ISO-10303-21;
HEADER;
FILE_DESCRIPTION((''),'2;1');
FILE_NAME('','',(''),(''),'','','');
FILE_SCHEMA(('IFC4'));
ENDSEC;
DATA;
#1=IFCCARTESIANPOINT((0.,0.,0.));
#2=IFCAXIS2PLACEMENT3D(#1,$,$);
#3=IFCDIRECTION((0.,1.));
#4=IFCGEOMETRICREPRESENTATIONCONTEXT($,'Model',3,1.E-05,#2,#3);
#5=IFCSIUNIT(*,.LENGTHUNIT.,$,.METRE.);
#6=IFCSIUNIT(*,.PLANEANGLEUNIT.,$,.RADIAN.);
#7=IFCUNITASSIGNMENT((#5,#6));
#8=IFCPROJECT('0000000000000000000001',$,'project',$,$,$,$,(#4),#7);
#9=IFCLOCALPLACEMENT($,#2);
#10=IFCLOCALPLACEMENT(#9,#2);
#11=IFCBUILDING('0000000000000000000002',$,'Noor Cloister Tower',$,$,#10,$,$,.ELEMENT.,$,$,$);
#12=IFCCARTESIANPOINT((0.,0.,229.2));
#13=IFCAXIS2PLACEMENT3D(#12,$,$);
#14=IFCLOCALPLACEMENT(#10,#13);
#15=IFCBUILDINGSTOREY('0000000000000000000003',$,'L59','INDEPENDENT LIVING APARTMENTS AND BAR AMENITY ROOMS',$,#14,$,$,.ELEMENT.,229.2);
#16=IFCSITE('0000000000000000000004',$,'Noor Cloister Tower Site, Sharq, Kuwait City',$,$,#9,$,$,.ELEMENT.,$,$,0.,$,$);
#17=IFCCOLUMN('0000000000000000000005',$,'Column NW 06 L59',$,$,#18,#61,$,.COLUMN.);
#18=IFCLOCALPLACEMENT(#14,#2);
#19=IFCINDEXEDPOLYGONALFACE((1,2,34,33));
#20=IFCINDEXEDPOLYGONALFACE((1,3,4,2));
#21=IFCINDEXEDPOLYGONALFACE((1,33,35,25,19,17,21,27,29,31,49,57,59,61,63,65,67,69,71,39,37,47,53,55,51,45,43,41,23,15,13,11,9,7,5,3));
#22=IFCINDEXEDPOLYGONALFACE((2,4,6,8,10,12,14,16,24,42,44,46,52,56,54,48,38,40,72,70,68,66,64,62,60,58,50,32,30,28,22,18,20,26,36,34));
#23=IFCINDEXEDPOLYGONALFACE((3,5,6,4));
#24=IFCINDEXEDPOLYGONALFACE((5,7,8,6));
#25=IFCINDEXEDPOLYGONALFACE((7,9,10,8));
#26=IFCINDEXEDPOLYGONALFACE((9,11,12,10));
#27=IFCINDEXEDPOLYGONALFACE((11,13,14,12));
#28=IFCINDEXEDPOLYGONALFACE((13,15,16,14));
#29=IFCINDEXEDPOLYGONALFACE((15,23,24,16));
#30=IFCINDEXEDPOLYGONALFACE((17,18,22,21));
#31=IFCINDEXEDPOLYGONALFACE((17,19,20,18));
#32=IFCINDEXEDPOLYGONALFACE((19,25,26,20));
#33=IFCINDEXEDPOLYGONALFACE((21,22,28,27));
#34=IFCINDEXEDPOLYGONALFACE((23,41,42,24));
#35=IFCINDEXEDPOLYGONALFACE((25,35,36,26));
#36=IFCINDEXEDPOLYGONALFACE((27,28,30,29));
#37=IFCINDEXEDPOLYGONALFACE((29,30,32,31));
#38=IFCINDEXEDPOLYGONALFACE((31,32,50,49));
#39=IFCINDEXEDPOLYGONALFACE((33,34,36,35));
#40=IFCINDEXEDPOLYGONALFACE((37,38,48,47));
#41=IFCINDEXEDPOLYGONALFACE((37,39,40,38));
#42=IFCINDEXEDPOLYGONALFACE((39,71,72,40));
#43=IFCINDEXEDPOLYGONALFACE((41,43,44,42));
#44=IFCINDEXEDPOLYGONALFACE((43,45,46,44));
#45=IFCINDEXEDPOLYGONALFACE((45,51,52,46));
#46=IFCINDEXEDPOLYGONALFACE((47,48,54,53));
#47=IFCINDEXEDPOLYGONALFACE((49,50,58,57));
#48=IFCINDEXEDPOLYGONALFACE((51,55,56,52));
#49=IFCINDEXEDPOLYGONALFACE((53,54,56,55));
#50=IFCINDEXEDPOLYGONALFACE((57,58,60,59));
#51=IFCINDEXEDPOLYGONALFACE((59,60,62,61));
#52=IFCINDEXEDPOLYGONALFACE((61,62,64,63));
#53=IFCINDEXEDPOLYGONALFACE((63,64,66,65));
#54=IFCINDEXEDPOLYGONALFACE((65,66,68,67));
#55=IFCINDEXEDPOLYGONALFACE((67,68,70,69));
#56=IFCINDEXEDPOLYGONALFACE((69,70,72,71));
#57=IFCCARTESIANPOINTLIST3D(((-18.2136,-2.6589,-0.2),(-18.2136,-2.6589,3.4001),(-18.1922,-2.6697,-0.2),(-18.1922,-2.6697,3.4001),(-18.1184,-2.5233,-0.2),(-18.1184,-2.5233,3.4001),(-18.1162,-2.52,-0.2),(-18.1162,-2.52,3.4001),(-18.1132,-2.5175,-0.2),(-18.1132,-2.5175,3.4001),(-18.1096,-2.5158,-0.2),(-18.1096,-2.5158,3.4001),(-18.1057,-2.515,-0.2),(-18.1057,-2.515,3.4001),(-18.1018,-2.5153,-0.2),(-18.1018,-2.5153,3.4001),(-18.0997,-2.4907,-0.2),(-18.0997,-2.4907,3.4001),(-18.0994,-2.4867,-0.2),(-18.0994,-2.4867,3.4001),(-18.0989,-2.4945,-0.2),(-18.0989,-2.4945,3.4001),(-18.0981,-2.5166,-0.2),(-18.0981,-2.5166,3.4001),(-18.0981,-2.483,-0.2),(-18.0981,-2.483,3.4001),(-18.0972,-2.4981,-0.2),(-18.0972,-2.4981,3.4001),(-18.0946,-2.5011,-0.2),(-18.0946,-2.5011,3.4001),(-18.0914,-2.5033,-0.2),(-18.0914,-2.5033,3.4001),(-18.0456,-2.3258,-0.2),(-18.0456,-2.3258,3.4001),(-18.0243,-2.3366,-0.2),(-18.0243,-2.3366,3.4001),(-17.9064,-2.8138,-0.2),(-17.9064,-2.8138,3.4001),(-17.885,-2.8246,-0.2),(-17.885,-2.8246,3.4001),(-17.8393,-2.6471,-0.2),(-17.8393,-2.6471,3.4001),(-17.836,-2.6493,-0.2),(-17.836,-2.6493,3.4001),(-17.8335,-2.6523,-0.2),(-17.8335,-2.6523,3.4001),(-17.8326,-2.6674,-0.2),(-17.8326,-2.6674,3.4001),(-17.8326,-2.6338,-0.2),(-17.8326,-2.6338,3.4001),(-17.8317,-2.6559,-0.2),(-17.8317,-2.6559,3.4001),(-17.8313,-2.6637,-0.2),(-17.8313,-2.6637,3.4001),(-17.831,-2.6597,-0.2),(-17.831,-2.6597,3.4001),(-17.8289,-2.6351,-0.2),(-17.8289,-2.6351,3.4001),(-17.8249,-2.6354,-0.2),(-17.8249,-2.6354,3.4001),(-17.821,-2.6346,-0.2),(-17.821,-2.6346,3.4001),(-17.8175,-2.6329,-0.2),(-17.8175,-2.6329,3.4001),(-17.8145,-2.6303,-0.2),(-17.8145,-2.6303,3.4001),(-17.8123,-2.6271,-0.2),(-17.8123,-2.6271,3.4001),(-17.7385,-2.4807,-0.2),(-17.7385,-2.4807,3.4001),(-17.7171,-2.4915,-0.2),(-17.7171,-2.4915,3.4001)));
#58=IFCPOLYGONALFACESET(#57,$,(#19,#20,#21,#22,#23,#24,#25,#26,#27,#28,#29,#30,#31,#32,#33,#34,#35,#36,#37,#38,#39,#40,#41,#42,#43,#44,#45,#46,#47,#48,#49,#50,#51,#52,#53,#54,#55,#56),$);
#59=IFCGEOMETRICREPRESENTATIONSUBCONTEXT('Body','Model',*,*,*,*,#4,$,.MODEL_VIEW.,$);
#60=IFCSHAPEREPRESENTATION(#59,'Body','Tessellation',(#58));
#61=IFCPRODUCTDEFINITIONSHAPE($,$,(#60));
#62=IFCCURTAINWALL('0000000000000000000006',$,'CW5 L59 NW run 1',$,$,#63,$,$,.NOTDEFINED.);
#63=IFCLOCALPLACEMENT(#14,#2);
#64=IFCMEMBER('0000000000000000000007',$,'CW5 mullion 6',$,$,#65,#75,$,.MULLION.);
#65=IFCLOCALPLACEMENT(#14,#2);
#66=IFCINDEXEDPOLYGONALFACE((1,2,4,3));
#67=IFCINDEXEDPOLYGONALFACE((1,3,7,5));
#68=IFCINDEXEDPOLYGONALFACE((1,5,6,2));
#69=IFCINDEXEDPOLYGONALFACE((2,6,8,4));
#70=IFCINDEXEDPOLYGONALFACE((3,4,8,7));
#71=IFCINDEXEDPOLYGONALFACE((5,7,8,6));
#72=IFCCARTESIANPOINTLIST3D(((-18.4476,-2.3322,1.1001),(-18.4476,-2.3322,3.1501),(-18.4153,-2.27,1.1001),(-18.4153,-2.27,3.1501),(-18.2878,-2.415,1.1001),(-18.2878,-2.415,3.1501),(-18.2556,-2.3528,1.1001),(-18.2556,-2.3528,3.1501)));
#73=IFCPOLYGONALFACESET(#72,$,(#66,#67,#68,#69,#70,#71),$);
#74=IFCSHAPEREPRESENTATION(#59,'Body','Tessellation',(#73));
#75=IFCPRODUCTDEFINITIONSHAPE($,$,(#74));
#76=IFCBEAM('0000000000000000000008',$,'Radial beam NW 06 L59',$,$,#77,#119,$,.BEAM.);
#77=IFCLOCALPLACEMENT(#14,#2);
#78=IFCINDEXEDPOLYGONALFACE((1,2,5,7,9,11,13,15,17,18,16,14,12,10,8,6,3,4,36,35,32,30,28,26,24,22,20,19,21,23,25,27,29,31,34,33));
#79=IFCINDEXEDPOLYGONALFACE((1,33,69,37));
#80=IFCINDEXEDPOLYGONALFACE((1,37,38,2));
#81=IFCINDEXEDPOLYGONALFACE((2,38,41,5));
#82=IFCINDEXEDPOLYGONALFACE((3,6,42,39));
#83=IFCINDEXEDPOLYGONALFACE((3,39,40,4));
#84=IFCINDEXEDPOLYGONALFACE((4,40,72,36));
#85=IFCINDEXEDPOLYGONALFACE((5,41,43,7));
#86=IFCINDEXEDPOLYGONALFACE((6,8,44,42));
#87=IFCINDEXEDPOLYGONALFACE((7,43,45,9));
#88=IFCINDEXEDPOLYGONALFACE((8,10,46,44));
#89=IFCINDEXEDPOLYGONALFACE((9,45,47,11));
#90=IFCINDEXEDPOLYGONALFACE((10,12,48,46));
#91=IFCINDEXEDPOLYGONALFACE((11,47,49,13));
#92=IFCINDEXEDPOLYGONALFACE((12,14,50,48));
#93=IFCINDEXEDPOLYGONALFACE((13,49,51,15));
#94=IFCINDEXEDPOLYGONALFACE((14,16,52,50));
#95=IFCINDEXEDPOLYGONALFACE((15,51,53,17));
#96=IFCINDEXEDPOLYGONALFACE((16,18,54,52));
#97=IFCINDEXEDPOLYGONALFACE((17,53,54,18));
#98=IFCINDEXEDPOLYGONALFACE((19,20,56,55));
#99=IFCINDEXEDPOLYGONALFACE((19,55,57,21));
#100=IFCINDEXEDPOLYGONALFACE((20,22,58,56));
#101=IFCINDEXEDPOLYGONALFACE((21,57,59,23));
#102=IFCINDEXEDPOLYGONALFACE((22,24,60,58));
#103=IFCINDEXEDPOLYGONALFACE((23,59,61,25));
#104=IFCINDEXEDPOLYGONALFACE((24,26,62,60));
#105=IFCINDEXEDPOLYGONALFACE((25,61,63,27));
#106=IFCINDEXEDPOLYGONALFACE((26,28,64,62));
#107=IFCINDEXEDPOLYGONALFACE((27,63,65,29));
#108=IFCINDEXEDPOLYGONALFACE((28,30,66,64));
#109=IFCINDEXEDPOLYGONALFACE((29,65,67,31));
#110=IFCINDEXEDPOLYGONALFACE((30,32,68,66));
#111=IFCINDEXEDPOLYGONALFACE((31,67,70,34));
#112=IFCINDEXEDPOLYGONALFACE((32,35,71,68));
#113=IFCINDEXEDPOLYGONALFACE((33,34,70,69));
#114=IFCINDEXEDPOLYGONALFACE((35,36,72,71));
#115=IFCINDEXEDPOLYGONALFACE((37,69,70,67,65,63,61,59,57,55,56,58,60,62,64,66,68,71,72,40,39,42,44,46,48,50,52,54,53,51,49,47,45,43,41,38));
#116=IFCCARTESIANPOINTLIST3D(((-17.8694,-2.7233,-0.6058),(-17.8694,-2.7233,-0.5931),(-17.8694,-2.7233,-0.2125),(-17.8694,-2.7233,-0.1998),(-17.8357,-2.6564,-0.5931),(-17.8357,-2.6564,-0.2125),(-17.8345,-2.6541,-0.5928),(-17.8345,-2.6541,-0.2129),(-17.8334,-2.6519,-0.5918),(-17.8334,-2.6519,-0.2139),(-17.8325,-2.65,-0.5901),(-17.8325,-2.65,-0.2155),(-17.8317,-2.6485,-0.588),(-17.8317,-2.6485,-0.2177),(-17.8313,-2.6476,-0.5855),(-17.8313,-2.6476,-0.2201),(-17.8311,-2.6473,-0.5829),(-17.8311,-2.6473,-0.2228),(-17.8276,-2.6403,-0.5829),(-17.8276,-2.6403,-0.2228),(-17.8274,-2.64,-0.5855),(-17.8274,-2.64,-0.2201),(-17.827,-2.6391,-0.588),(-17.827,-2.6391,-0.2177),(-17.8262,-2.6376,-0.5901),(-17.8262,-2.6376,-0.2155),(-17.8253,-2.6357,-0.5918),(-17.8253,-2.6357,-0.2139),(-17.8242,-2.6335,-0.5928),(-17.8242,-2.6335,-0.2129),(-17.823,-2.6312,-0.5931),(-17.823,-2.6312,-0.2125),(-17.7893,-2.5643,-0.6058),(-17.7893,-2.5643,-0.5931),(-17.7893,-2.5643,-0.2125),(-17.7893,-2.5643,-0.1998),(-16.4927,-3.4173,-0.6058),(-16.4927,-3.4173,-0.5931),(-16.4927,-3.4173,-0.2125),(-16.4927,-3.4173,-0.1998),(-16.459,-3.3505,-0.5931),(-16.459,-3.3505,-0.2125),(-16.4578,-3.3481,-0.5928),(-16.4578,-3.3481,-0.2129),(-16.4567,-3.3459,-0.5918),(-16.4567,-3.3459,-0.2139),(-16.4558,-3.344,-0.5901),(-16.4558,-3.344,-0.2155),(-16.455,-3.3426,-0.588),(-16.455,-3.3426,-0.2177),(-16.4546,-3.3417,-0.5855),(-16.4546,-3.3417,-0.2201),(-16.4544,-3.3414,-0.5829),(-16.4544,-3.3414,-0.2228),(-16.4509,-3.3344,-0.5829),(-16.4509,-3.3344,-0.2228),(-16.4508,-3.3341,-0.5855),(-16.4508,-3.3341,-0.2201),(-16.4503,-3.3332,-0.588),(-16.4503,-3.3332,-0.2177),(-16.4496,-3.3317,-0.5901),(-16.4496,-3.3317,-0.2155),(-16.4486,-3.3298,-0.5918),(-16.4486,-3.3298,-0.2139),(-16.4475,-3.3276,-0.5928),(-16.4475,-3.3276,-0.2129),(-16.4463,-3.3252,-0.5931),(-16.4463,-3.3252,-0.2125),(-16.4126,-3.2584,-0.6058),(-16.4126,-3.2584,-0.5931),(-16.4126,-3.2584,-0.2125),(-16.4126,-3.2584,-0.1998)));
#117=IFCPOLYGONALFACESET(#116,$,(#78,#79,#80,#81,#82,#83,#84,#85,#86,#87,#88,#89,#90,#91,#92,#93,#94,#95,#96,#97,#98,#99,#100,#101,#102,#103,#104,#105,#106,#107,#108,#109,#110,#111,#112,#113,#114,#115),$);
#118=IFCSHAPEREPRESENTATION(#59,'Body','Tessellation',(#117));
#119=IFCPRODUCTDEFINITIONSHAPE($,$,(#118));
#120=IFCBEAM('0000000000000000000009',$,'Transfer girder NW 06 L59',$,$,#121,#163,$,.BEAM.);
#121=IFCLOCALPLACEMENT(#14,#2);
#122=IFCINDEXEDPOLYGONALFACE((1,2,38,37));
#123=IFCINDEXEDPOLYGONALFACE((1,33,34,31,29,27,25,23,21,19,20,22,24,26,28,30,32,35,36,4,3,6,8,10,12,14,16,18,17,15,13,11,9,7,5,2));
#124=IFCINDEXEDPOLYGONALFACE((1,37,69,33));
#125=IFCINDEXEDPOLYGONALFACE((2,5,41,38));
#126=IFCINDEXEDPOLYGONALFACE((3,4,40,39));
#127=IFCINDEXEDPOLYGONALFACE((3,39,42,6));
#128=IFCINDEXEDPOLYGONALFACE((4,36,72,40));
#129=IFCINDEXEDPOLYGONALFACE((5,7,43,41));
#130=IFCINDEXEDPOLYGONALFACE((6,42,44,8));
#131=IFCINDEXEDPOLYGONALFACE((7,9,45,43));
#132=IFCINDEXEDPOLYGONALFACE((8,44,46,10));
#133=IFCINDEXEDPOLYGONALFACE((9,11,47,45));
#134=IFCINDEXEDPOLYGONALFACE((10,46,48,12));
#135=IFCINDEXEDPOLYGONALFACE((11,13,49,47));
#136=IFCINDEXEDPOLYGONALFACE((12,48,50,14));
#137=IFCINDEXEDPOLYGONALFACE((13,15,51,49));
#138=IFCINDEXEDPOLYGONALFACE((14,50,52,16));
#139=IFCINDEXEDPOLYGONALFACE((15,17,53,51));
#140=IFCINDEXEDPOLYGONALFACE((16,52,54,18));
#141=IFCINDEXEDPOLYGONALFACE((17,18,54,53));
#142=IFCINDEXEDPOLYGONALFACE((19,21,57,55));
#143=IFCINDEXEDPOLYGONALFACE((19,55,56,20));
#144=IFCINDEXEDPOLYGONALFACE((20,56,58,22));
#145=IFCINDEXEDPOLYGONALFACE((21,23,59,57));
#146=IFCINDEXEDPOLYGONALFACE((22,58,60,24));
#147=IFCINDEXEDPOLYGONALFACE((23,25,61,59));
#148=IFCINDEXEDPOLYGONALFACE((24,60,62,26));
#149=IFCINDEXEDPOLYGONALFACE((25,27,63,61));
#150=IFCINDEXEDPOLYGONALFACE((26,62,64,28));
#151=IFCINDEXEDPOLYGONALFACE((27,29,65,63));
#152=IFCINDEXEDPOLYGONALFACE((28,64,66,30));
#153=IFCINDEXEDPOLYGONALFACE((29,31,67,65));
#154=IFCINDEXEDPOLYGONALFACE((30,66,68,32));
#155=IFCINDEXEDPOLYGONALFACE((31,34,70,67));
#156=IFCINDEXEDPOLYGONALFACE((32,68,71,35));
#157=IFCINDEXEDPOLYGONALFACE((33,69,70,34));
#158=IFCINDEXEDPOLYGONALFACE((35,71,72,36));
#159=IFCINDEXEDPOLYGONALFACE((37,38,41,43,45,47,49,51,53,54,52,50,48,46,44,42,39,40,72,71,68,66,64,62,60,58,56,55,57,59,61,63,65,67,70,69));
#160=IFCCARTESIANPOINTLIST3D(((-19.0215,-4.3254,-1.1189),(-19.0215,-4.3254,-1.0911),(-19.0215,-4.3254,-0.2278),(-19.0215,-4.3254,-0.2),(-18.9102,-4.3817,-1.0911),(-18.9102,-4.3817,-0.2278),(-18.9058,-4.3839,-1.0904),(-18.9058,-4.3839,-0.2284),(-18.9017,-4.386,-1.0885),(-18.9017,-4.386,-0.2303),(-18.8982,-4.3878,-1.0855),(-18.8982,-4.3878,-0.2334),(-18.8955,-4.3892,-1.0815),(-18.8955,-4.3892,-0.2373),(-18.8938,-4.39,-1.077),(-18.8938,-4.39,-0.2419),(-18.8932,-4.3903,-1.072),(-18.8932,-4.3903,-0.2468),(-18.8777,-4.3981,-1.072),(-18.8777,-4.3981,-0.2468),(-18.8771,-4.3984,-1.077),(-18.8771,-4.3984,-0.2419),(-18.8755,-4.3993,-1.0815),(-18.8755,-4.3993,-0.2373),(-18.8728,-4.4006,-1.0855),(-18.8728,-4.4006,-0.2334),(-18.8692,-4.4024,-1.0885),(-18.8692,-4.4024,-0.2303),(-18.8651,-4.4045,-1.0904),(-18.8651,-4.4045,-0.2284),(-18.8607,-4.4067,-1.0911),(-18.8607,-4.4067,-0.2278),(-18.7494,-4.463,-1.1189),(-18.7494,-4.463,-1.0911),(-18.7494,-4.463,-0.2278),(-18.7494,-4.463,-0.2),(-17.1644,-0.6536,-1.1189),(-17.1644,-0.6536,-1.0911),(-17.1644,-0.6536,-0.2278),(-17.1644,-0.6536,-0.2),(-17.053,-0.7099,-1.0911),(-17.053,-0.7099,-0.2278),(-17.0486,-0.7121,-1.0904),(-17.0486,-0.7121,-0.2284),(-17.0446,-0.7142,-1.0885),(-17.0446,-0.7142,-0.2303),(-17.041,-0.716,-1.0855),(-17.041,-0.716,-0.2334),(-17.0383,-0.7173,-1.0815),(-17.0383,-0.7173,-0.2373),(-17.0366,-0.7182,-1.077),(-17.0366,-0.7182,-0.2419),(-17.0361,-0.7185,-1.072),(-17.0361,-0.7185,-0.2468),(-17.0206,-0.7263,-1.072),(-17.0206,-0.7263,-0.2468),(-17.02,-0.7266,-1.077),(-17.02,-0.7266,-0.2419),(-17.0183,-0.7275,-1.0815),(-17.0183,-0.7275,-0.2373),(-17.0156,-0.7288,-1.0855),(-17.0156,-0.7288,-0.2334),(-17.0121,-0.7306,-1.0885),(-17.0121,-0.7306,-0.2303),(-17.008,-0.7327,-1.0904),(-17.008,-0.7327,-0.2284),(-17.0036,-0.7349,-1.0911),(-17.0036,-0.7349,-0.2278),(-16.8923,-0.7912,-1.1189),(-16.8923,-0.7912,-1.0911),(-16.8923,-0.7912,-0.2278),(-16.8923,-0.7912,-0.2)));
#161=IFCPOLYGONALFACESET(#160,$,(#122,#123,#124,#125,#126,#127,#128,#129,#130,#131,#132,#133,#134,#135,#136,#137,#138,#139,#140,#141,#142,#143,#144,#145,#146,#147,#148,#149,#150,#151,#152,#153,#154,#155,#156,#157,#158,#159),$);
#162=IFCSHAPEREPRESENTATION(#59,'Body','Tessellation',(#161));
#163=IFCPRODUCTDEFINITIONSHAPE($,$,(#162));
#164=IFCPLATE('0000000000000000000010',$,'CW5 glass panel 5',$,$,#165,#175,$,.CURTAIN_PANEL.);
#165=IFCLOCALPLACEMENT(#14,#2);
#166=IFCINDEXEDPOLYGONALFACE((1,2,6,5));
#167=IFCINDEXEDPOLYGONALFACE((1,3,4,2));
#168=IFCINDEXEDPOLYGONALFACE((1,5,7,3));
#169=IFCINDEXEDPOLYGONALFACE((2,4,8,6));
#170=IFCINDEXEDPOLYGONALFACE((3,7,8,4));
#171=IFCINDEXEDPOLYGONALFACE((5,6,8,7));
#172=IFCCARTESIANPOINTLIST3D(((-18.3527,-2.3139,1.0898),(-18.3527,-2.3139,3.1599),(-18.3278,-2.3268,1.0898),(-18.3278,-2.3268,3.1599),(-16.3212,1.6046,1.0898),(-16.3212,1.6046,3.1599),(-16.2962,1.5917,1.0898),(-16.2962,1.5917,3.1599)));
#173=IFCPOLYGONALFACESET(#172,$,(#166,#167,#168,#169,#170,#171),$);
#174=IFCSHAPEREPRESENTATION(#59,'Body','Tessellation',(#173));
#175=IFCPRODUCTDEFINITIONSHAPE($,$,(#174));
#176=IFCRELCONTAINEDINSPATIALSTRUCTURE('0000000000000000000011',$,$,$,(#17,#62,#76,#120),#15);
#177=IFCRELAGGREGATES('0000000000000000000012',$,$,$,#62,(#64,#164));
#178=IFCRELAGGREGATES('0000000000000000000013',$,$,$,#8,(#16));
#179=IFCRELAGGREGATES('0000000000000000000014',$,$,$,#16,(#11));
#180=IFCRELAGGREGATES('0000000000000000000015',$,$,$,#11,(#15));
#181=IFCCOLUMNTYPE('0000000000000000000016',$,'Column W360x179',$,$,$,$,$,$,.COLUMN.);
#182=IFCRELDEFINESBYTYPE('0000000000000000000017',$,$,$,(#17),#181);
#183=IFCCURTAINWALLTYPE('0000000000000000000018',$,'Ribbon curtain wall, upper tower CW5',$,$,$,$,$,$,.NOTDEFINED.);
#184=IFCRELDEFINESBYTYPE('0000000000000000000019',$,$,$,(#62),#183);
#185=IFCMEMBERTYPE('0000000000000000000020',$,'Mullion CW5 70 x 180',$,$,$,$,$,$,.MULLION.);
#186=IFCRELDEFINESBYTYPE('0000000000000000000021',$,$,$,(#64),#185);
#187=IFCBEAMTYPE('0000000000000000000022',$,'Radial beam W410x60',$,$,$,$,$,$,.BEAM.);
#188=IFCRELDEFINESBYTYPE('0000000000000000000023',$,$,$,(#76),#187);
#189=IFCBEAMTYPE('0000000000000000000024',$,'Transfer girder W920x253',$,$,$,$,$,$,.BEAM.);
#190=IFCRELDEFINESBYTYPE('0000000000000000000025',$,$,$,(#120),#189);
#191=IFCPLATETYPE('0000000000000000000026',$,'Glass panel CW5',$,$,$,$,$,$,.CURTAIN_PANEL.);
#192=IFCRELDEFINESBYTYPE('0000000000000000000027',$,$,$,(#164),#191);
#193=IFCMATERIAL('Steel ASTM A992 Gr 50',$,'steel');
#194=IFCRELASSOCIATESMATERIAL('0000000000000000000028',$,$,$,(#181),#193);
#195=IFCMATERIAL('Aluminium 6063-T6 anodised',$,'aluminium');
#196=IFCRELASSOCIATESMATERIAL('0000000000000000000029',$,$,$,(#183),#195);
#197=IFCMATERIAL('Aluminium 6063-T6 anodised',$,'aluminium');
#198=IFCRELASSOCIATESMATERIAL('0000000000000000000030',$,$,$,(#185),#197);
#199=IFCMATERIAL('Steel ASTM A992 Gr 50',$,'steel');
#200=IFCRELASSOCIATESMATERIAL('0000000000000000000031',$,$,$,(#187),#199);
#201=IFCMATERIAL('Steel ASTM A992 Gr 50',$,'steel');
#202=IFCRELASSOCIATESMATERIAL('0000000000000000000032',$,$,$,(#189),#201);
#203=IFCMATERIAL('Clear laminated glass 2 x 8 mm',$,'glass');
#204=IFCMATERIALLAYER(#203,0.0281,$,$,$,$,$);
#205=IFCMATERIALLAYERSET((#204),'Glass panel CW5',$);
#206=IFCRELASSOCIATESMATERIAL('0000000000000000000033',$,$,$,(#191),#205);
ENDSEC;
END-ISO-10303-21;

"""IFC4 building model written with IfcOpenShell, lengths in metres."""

from ifc_helpers import new_model, si_unit, direction, frame, origin, origin_2d, place, context, subcontext, project, spatial, rectangle, i_section, extrude, material, layer, layer_set, material_profile, profile_set, type_object, element, aggregate, save


model = new_model("IFC4")

# Units and contexts
model_context = context("Model", 3, precision=1e-05, world=origin(), true_north=direction((0.0, 1.0)))
body_context = subcontext(model_context, "Body", "Model", "MODEL_VIEW")
ifc_project = project(units=[si_unit("LENGTHUNIT", "METRE"), si_unit("PLANEANGLEUNIT", "RADIAN")], contexts=[model_context])

# Site, building, storey
site_placement = place(None, origin())
site = spatial("IfcSite", under=ifc_project, at=site_placement, Name="Noor Cloister Tower Site, Sharq, Kuwait City", CompositionType="ELEMENT", RefElevation=0.0)
building_placement = place(site_placement, origin())
building = spatial("IfcBuilding", under=site, at=building_placement, Name="Noor Cloister Tower", CompositionType="ELEMENT")
storey_placement = place(building_placement, frame((0.0, 0.0, 229.2)))
storey = spatial("IfcBuildingStorey", under=building, at=storey_placement, Name="L59", Description="INDEPENDENT LIVING APARTMENTS AND BAR AMENITY ROOMS", CompositionType="ELEMENT", Elevation=229.2)

# Column
ifc_material_1 = material(Name="Steel ASTM A992 Gr 50", Category="steel")
ifc_material_profile_1 = material_profile(ifc_material_1, i_section(OverallWidth=0.373, OverallDepth=0.3679, WebThickness=0.0149, FlangeThickness=0.0239, FilletRadius=0.0151, at=origin_2d()), Name="W360x179")
ifc_profile_set_1 = profile_set([ifc_material_profile_1], Name="Steel ASTM A992 Gr 50")
column_type = type_object("IfcColumnType", Name="Column W360x179", PredefinedType="COLUMN", material=ifc_profile_set_1)
column_placement = place(storey_placement, frame((-17.9653, -2.5752, -0.2), z_axis=(0.0, 0.0, 1.0), x_axis=(-0.450185, -0.892935, 0.0)))
element("IfcColumn", 1, at=column_placement, inside=storey, type_object=column_type, Name="Column NW 06 L59", PredefinedType="COLUMN", context=body_context, shape_type="SweptSolid", body=[
    extrude(i_section(OverallWidth=0.373, OverallDepth=0.3679, WebThickness=0.0149, FlangeThickness=0.0239, FilletRadius=0.0151, at=origin_2d()), origin(), (0.0, 0.0, 1.0), 3.6001),
])

# Curtain wall, member
ifc_material_2 = material(Name="Aluminium 6063-T6 anodised", Category="aluminium")
curtain_wall_type = type_object("IfcCurtainWallType", Name="Ribbon curtain wall, upper tower CW5", PredefinedType="NOTDEFINED", material=ifc_material_2)
curtain_wall_placement = place(storey_placement, origin())
curtain_wall = element("IfcCurtainWall", 2, at=curtain_wall_placement, inside=storey, type_object=curtain_wall_type, Name="CW5 L59 NW run 1", PredefinedType="NOTDEFINED")
ifc_material_3 = material(Name="Aluminium 6063-T6 anodised", Category="aluminium")
ifc_material_profile_2 = material_profile(ifc_material_3, rectangle(XDim=0.1799, YDim=0.0701, at=origin_2d()), Name="180 x 70 mullion")
ifc_profile_set_2 = profile_set([ifc_material_profile_2], Name="Aluminium 6063-T6 anodised")
member_type = type_object("IfcMemberType", Name="Mullion CW5 70 x 180", PredefinedType="MULLION", material=ifc_profile_set_2)
member_placement = place(storey_placement, frame((-18.3516, -2.3425, 1.1001), z_axis=(0.0, 0.0, 1.0), x_axis=(0.88778, -0.460269, 0.0)))
member = element("IfcMember", 3, at=member_placement, type_object=member_type, Name="CW5 mullion 6", PredefinedType="MULLION", context=body_context, shape_type="SweptSolid", body=[
    extrude(rectangle(XDim=0.1799, YDim=0.0701, at=origin_2d()), origin(), (0.0, 0.0, 1.0), 2.05),
])

# Beams
ifc_material_4 = material(Name="Steel ASTM A992 Gr 50", Category="steel")
ifc_material_profile_3 = material_profile(ifc_material_4, i_section(OverallWidth=0.178, OverallDepth=0.406, WebThickness=0.0078, FlangeThickness=0.0127, FilletRadius=0.0103, at=origin_2d()), Name="W410x60")
ifc_profile_set_3 = profile_set([ifc_material_profile_3], Name="Steel ASTM A992 Gr 50")
beam_type_1 = type_object("IfcBeamType", Name="Radial beam W410x60", PredefinedType="BEAM", material=ifc_profile_set_3)
beam_1_placement = place(storey_placement, frame((-17.8293, -2.6438, -0.4028), z_axis=(0.892934, -0.450188, 0.0), x_axis=(0.450188, 0.892934, 0.0)))
element("IfcBeam", 4, at=beam_1_placement, inside=storey, type_object=beam_type_1, Name="Radial beam NW 06 L59", PredefinedType="BEAM", context=body_context, shape_type="SweptSolid", body=[
    extrude(i_section(OverallWidth=0.178, OverallDepth=0.406, WebThickness=0.0078, FlangeThickness=0.0127, FilletRadius=0.0103, at=origin_2d()), origin(), (0.0, 0.0, 1.0), 1.5417),
])
ifc_material_5 = material(Name="Steel ASTM A992 Gr 50", Category="steel")
ifc_material_profile_4 = material_profile(ifc_material_5, i_section(OverallWidth=0.3049, OverallDepth=0.9189, WebThickness=0.0173, FlangeThickness=0.0278, FilletRadius=0.019, at=origin_2d()), Name="W920x253")
ifc_profile_set_4 = profile_set([ifc_material_profile_4], Name="Steel ASTM A992 Gr 50")
beam_type_2 = type_object("IfcBeamType", Name="Transfer girder W920x253", PredefinedType="BEAM", material=ifc_profile_set_4)
beam_2_placement = place(storey_placement, frame((-17.0283, -0.7224, -0.6594), z_axis=(-0.451338, -0.892353, 0.0), x_axis=(0.892353, -0.451338, 0.0)))
element("IfcBeam", 5, at=beam_2_placement, inside=storey, type_object=beam_type_2, Name="Transfer girder NW 06 L59", PredefinedType="BEAM", context=body_context, shape_type="SweptSolid", body=[
    extrude(i_section(OverallWidth=0.3049, OverallDepth=0.9189, WebThickness=0.0173, FlangeThickness=0.0278, FilletRadius=0.019, at=origin_2d()), origin(), (0.0, 0.0, 1.0), 4.1147),
])

# Plate
ifc_material_6 = material(Name="Clear laminated glass 2 x 8 mm", Category="glass")
ifc_layer_1 = layer(ifc_material_6, 0.0281)
ifc_layer_set_1 = layer_set([ifc_layer_1], Name="Glass panel CW5")
plate_type = type_object("IfcPlateType", Name="Glass panel CW5", PredefinedType="CURTAIN_PANEL", material=ifc_layer_set_1)
plate_placement = place(storey_placement, frame((-17.3245, -0.3611, 1.0898), z_axis=(0.0, 0.0, 1.0), x_axis=(-0.460269, -0.88778, 0.0)))
plate = element("IfcPlate", 6, at=plate_placement, type_object=plate_type, Name="CW5 glass panel 5", PredefinedType="CURTAIN_PANEL", context=body_context, shape_type="SweptSolid", body=[
    extrude(rectangle(XDim=4.4138, YDim=0.0281, at=origin_2d()), origin(), (0.0, 0.0, 1.0), 2.0701),
])
aggregate(curtain_wall, [member, plate])

save(model, "model.ifc")
